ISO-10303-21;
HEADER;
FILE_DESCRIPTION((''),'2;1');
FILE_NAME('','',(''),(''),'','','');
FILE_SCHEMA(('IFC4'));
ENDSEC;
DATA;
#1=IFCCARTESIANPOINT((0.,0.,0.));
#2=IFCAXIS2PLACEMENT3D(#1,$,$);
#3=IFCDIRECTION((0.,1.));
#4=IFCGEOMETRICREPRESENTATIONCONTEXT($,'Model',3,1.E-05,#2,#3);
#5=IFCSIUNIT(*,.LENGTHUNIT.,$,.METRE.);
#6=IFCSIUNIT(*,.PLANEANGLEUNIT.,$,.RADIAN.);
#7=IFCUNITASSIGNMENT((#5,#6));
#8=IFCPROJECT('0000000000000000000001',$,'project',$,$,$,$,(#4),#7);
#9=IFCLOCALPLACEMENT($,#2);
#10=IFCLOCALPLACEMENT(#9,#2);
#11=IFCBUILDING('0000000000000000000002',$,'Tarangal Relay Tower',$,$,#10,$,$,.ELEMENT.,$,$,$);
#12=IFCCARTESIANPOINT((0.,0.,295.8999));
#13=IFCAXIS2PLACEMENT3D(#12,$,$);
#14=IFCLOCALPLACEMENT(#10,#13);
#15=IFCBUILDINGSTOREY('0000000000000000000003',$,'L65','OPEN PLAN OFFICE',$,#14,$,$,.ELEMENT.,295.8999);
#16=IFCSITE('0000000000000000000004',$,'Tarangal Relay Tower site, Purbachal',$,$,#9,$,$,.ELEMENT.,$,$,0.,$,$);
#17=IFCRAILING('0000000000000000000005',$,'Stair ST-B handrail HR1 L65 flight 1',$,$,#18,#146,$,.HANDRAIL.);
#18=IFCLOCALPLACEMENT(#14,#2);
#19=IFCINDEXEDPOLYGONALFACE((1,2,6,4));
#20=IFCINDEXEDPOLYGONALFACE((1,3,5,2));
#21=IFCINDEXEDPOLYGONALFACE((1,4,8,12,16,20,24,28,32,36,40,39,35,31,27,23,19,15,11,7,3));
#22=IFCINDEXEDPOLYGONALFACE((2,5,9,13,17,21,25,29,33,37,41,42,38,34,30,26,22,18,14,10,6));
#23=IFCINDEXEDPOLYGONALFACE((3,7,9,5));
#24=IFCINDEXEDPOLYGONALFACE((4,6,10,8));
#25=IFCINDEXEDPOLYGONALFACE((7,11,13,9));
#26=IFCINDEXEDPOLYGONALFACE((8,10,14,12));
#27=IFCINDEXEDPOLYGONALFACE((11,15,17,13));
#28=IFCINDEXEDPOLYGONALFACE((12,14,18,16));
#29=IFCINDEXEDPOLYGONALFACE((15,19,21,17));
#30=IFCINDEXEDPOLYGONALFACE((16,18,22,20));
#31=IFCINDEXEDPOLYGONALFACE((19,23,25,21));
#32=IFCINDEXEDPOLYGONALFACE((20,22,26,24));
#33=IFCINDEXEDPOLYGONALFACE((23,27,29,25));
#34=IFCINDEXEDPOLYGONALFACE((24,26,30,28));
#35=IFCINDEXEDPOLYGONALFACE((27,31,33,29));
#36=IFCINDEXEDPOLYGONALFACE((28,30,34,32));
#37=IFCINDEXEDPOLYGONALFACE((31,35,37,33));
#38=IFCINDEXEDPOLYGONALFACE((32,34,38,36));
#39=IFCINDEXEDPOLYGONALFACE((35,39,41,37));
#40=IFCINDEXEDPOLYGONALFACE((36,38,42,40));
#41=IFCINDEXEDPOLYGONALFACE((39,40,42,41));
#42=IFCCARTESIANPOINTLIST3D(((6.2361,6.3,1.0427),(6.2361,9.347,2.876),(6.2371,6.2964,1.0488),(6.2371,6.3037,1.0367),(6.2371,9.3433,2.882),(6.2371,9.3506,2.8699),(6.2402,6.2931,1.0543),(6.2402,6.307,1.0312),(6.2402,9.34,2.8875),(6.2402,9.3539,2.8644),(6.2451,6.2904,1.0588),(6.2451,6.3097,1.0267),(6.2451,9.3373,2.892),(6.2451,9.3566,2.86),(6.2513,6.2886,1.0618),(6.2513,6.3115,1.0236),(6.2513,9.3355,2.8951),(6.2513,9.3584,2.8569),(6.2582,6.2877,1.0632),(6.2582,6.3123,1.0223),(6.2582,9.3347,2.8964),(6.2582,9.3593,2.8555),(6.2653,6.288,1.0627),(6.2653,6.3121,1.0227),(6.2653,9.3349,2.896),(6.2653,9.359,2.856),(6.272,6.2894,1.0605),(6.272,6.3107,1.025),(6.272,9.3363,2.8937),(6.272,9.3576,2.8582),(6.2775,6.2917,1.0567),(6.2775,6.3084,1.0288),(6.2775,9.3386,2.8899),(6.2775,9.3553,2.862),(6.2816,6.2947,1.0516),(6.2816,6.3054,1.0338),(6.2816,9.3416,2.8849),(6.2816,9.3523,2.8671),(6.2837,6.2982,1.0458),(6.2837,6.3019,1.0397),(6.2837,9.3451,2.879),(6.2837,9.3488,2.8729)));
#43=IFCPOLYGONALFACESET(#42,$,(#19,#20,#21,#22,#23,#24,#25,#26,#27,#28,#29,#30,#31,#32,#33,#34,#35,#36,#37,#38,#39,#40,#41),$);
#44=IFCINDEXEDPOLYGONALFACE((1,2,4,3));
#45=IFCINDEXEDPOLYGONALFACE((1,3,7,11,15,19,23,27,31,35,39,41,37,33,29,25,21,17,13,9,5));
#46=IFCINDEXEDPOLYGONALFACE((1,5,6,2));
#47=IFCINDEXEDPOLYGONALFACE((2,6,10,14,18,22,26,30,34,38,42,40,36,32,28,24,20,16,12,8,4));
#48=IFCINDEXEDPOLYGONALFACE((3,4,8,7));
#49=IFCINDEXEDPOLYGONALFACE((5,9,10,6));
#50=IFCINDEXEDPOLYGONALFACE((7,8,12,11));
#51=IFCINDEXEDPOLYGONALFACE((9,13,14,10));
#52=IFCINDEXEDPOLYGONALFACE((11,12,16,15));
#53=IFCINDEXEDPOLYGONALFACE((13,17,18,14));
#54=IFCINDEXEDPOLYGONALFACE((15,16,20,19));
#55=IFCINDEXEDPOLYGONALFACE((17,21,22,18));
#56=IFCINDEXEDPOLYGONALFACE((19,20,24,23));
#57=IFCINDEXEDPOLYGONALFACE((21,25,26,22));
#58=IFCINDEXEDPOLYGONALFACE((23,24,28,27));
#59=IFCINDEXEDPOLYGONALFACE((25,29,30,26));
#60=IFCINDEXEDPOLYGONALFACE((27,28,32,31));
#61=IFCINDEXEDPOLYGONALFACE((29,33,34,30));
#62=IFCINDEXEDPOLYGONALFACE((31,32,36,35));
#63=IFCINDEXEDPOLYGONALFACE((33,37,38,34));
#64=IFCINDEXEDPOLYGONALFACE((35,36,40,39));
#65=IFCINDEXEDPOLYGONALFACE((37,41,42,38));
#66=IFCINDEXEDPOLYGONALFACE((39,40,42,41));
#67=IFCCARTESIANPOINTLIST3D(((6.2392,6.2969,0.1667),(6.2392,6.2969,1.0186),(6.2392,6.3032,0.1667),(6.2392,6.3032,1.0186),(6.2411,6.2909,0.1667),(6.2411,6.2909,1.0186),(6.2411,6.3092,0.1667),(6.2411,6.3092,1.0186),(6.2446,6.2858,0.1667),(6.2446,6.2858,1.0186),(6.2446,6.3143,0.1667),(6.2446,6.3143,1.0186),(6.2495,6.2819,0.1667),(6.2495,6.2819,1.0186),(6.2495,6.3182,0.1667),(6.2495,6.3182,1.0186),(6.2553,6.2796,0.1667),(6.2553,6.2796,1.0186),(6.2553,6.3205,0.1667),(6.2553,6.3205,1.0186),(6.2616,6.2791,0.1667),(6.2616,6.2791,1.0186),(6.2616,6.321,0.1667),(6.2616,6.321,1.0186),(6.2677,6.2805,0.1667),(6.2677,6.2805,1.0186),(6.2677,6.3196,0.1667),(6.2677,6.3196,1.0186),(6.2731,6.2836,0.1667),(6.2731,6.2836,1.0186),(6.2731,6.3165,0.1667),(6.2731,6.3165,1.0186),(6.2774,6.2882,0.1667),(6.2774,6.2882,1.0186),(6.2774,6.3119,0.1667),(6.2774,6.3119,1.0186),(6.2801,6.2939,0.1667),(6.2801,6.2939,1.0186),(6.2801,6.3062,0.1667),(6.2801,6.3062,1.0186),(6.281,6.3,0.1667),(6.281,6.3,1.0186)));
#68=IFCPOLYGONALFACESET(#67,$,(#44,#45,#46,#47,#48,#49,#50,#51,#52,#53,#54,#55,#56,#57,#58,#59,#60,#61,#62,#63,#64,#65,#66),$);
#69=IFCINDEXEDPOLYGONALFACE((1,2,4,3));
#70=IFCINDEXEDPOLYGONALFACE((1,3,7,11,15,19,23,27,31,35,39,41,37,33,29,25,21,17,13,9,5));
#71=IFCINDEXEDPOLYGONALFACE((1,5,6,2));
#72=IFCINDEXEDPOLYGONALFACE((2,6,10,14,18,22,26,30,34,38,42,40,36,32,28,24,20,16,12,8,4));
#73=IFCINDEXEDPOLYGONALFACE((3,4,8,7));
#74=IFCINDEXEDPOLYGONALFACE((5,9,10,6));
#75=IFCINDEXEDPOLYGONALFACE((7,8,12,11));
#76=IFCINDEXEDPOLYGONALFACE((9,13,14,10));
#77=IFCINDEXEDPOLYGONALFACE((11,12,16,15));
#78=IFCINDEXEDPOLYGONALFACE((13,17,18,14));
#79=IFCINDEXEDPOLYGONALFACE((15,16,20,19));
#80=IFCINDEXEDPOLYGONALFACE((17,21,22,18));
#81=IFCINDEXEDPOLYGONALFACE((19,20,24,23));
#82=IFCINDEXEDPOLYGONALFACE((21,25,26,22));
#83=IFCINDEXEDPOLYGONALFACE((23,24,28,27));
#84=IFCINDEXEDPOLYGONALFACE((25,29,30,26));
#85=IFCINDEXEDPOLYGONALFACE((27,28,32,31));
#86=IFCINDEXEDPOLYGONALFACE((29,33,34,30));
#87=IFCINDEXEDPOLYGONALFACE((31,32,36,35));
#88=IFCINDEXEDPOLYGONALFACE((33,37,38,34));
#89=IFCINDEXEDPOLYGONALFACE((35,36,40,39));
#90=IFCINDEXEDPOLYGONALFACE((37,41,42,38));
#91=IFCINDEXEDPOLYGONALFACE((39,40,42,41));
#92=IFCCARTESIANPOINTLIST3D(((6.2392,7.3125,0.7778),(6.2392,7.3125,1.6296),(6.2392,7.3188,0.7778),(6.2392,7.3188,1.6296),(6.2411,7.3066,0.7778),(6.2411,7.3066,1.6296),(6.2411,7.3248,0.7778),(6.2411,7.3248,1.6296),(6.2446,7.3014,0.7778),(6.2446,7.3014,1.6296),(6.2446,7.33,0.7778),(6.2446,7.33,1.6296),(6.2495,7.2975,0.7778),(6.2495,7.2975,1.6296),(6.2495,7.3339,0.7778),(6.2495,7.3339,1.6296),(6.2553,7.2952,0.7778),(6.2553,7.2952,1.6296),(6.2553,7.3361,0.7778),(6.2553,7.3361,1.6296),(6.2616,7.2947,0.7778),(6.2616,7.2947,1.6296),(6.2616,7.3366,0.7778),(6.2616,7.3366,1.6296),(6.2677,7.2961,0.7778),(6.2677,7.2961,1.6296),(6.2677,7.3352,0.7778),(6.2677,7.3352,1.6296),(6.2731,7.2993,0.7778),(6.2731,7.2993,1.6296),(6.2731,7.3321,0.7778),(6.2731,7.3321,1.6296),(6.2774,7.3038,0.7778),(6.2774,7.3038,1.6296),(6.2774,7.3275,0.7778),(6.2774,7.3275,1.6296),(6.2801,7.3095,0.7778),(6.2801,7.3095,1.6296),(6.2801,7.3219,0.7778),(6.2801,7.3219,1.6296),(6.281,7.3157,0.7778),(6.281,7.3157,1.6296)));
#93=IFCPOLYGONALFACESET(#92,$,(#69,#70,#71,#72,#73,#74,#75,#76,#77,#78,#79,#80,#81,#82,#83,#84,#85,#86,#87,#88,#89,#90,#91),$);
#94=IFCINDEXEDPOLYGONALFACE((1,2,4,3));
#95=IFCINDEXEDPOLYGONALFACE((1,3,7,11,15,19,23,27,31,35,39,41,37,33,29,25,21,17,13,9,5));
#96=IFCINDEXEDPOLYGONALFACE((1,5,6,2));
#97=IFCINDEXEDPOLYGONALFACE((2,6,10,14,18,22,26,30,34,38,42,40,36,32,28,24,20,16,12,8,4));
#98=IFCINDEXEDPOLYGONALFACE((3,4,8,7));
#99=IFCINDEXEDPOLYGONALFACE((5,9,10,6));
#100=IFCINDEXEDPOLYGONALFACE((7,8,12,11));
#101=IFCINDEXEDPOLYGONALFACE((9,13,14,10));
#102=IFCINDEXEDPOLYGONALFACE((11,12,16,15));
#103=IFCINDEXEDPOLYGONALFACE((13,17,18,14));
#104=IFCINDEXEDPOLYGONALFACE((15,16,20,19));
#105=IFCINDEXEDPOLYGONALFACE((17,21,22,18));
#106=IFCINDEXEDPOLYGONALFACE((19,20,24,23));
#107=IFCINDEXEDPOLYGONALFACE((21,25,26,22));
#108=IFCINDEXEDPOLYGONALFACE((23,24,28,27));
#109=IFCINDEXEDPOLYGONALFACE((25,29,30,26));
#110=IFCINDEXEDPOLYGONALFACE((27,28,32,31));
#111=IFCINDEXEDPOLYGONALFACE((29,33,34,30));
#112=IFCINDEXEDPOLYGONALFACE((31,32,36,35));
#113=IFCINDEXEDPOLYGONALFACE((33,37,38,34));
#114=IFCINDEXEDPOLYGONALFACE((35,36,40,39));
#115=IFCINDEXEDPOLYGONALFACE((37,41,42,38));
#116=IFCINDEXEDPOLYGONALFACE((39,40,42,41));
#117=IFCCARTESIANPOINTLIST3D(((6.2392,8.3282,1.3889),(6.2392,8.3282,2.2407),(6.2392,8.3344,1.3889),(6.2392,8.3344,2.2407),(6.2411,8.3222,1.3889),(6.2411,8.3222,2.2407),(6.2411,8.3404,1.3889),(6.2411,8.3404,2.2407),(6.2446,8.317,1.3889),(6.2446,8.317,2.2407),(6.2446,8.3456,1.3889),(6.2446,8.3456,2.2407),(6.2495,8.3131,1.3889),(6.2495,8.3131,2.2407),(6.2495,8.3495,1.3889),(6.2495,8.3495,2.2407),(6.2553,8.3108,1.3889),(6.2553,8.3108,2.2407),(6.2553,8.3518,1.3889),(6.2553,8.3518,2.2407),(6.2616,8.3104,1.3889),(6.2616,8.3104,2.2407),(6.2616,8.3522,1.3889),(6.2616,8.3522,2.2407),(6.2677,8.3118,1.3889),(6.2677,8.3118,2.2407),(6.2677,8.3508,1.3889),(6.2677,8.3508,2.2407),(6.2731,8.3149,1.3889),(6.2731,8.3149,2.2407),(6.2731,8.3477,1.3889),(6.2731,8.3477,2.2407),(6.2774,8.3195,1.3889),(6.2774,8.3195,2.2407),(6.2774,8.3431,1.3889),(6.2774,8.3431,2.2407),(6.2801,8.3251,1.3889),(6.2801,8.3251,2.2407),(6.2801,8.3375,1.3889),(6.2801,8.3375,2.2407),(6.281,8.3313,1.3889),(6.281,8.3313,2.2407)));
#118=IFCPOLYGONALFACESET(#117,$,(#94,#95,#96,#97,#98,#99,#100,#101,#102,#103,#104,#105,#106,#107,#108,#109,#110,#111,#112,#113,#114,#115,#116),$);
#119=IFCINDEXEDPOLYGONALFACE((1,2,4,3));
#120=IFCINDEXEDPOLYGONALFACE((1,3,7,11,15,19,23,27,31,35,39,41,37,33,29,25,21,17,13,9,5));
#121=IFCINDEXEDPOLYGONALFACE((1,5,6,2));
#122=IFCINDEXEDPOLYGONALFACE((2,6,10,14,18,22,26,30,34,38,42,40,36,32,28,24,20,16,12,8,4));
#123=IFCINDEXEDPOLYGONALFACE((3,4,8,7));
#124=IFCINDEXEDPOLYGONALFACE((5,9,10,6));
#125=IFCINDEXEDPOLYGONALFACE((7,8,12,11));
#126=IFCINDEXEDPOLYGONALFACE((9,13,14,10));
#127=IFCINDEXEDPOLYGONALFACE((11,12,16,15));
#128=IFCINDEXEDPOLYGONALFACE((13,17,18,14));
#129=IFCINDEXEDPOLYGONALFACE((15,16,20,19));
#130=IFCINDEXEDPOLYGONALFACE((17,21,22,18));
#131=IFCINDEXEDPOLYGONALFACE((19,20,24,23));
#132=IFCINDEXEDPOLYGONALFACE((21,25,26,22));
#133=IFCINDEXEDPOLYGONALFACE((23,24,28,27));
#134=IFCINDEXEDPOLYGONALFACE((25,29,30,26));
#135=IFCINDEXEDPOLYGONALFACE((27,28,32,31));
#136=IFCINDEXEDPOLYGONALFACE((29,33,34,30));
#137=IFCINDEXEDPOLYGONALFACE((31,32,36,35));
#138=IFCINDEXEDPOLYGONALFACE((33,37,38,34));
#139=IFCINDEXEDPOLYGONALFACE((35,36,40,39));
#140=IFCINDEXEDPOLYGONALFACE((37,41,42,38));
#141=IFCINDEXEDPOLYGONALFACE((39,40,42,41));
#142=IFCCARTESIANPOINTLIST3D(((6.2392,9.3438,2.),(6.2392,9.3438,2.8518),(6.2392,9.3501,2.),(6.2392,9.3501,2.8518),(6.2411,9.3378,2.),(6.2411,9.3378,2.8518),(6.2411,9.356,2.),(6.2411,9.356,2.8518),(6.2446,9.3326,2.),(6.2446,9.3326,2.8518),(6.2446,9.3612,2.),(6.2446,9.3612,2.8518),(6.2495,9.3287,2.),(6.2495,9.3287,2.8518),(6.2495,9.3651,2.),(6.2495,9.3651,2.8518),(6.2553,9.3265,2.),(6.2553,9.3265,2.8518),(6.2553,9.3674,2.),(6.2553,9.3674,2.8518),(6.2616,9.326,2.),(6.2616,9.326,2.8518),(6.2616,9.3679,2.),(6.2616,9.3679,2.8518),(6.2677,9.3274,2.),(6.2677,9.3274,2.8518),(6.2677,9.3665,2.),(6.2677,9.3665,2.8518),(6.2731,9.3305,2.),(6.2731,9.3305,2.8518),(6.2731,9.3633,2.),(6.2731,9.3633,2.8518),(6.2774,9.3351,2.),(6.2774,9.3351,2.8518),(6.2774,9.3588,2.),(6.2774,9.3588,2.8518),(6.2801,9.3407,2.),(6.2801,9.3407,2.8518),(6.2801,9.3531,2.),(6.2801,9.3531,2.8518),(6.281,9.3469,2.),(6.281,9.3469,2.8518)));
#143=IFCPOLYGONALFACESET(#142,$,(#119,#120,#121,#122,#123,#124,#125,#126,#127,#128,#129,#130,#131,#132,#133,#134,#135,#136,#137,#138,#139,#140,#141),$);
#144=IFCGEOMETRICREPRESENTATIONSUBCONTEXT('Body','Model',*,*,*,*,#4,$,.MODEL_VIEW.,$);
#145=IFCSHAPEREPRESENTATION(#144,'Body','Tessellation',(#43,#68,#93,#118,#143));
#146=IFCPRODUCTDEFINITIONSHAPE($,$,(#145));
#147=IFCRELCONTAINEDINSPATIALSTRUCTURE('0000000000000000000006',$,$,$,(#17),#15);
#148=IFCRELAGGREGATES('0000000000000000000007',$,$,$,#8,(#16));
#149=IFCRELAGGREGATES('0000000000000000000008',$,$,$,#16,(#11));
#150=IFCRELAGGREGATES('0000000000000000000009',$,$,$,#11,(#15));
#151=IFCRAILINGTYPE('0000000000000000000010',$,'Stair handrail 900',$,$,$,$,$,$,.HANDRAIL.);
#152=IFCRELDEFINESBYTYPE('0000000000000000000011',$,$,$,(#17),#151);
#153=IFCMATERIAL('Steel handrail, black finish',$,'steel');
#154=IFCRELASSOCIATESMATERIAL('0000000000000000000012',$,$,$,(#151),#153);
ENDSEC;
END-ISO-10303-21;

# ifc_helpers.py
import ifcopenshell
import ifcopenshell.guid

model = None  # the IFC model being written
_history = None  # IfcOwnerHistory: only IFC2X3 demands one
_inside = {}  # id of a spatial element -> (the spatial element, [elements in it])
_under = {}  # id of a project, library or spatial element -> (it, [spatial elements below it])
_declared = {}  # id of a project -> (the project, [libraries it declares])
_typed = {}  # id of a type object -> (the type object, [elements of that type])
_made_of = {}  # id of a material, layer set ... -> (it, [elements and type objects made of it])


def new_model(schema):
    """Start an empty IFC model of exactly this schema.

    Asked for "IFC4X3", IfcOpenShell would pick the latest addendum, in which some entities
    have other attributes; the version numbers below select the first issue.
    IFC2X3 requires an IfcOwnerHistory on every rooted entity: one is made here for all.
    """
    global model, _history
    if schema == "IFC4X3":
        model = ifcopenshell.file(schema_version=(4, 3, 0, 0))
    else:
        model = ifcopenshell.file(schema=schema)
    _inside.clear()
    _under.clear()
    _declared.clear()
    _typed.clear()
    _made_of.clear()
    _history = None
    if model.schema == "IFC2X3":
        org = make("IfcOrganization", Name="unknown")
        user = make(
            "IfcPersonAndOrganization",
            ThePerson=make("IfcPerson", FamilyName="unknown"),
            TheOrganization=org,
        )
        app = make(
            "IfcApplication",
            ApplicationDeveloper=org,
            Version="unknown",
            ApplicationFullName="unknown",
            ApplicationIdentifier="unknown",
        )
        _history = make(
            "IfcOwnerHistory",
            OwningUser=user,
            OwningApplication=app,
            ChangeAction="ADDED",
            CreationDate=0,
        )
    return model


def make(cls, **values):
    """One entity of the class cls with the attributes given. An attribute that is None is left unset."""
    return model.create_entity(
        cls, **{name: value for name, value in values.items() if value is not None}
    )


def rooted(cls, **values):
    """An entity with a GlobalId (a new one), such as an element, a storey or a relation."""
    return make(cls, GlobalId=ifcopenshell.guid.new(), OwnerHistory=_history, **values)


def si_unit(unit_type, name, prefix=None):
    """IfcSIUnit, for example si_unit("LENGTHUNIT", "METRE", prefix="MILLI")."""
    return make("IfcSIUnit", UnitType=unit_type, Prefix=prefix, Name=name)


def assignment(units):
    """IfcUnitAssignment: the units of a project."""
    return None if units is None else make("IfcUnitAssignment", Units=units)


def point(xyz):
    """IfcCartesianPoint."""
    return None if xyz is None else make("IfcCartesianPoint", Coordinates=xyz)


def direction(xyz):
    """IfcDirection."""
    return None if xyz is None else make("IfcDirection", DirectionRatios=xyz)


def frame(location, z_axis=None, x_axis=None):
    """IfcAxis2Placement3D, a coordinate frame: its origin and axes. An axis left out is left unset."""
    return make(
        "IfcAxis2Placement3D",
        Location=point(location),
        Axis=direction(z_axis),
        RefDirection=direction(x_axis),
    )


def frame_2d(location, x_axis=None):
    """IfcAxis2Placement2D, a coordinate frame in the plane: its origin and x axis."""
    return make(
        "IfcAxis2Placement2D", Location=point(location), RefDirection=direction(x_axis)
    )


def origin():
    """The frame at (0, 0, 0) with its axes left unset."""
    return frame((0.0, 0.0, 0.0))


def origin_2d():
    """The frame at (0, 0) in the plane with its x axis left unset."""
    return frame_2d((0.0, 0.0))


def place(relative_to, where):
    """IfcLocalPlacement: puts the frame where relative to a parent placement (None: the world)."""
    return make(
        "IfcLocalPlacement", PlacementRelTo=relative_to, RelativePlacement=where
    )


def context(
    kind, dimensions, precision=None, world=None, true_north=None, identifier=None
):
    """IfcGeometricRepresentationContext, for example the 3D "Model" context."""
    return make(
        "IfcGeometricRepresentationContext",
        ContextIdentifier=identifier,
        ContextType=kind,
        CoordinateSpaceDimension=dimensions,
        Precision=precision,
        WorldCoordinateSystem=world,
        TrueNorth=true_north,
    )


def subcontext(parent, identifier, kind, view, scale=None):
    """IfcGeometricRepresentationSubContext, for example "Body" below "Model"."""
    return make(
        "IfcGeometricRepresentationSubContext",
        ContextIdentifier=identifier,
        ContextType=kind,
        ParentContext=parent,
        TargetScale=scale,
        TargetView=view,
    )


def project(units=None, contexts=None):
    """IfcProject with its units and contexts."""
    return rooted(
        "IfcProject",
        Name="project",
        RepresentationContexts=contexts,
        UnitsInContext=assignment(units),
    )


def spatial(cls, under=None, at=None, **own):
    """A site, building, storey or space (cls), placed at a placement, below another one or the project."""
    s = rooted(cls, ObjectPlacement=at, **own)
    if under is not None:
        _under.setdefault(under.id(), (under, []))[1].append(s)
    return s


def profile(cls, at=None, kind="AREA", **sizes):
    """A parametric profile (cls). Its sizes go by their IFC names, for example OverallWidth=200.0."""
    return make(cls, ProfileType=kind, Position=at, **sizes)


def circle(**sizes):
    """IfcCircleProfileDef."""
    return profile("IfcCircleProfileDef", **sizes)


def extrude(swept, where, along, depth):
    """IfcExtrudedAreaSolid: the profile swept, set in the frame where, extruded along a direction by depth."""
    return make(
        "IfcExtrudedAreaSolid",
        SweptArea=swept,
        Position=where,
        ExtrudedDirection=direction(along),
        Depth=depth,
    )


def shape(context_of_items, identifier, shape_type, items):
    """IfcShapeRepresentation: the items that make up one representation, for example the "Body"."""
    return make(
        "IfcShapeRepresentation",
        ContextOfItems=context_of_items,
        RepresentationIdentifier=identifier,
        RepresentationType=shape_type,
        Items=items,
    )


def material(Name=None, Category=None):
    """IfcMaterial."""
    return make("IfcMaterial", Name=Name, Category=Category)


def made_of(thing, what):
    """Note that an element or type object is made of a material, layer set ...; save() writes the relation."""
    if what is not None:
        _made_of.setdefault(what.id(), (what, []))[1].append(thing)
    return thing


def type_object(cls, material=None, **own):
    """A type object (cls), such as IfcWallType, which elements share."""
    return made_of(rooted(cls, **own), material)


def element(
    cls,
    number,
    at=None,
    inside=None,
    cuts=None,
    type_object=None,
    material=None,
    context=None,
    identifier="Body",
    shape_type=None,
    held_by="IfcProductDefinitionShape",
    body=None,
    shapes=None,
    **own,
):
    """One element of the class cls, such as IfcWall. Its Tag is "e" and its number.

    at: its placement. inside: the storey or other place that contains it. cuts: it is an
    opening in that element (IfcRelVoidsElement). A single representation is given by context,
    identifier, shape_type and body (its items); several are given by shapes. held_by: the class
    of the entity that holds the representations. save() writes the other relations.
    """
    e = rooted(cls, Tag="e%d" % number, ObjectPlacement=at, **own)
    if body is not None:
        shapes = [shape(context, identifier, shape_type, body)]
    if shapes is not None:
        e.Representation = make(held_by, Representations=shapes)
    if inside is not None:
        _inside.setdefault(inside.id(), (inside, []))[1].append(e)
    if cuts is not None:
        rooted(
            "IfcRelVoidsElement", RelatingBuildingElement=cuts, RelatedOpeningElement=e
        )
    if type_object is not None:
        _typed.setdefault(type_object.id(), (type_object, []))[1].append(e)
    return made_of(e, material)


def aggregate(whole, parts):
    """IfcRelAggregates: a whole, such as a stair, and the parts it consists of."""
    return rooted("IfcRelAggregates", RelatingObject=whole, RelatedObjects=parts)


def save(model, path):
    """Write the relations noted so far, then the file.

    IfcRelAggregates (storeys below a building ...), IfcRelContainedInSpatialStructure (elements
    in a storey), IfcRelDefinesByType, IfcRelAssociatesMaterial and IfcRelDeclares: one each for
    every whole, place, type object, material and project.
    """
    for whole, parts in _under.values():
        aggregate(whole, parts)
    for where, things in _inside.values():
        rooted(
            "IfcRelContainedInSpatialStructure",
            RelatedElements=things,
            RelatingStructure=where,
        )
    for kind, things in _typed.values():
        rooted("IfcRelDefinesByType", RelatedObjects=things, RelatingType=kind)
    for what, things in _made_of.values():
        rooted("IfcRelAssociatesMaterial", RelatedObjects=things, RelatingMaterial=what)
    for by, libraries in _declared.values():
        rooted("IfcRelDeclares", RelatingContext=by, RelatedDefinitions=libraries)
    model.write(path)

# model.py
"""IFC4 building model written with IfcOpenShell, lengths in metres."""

from ifc_helpers import new_model, si_unit, direction, frame, origin, origin_2d, place, context, subcontext, project, spatial, circle, extrude, material, type_object, element, save


model = new_model("IFC4")

# Units and contexts
model_context = context("Model", 3, precision=1e-05, world=origin(), true_north=direction((0.0, 1.0)))
body_context = subcontext(model_context, "Body", "Model", "MODEL_VIEW")
ifc_project = project(units=[si_unit("LENGTHUNIT", "METRE"), si_unit("PLANEANGLEUNIT", "RADIAN")], contexts=[model_context])

# Site, building, storey
site_placement = place(None, origin())
site = spatial("IfcSite", under=ifc_project, at=site_placement, Name="Tarangal Relay Tower site, Purbachal", CompositionType="ELEMENT", RefElevation=0.0)
building_placement = place(site_placement, origin())
building = spatial("IfcBuilding", under=site, at=building_placement, Name="Tarangal Relay Tower", CompositionType="ELEMENT")
storey_placement = place(building_placement, frame((0.0, 0.0, 295.8999)))
storey = spatial("IfcBuildingStorey", under=building, at=storey_placement, Name="L65", Description="OPEN PLAN OFFICE", CompositionType="ELEMENT", Elevation=295.8999)

# Railing
ifc_material_1 = material(Name="Steel handrail, black finish", Category="steel")
railing_type_1 = type_object("IfcRailingType", Name="Stair handrail 900", PredefinedType="HANDRAIL", material=ifc_material_1)
railing_1_placement = place(storey_placement, frame((6.26, 6.3, 0.1667)))
element("IfcRailing", 1, at=railing_1_placement, inside=storey, type_object=railing_type_1, Name="Stair ST-B handrail HR1 L65 flight 1", PredefinedType="HANDRAIL", context=body_context, shape_type="SweptSolid", body=[
    extrude(circle(Radius=0.0239, at=origin_2d()), frame((0.0, 0.0, 0.876), z_axis=(0.0, 0.856856, 0.515556), x_axis=(-1.0, 0.0, 0.0)), (0.0, 0.0, 1.0), 3.5559),
    extrude(circle(Radius=0.021, at=origin_2d()), origin(), (0.0, 0.0, 1.0), 0.8518),
    extrude(circle(Radius=0.021, at=origin_2d()), frame((0.0, 1.0156, 0.6111)), (0.0, 0.0, 1.0), 0.8518),
    extrude(circle(Radius=0.021, at=origin_2d()), frame((0.0, 2.0312, 1.2222)), (0.0, 0.0, 1.0), 0.8518),
    extrude(circle(Radius=0.021, at=origin_2d()), frame((0.0, 3.0469, 1.8333)), (0.0, 0.0, 1.0), 0.8518),
])

save(model, "model.ifc")
